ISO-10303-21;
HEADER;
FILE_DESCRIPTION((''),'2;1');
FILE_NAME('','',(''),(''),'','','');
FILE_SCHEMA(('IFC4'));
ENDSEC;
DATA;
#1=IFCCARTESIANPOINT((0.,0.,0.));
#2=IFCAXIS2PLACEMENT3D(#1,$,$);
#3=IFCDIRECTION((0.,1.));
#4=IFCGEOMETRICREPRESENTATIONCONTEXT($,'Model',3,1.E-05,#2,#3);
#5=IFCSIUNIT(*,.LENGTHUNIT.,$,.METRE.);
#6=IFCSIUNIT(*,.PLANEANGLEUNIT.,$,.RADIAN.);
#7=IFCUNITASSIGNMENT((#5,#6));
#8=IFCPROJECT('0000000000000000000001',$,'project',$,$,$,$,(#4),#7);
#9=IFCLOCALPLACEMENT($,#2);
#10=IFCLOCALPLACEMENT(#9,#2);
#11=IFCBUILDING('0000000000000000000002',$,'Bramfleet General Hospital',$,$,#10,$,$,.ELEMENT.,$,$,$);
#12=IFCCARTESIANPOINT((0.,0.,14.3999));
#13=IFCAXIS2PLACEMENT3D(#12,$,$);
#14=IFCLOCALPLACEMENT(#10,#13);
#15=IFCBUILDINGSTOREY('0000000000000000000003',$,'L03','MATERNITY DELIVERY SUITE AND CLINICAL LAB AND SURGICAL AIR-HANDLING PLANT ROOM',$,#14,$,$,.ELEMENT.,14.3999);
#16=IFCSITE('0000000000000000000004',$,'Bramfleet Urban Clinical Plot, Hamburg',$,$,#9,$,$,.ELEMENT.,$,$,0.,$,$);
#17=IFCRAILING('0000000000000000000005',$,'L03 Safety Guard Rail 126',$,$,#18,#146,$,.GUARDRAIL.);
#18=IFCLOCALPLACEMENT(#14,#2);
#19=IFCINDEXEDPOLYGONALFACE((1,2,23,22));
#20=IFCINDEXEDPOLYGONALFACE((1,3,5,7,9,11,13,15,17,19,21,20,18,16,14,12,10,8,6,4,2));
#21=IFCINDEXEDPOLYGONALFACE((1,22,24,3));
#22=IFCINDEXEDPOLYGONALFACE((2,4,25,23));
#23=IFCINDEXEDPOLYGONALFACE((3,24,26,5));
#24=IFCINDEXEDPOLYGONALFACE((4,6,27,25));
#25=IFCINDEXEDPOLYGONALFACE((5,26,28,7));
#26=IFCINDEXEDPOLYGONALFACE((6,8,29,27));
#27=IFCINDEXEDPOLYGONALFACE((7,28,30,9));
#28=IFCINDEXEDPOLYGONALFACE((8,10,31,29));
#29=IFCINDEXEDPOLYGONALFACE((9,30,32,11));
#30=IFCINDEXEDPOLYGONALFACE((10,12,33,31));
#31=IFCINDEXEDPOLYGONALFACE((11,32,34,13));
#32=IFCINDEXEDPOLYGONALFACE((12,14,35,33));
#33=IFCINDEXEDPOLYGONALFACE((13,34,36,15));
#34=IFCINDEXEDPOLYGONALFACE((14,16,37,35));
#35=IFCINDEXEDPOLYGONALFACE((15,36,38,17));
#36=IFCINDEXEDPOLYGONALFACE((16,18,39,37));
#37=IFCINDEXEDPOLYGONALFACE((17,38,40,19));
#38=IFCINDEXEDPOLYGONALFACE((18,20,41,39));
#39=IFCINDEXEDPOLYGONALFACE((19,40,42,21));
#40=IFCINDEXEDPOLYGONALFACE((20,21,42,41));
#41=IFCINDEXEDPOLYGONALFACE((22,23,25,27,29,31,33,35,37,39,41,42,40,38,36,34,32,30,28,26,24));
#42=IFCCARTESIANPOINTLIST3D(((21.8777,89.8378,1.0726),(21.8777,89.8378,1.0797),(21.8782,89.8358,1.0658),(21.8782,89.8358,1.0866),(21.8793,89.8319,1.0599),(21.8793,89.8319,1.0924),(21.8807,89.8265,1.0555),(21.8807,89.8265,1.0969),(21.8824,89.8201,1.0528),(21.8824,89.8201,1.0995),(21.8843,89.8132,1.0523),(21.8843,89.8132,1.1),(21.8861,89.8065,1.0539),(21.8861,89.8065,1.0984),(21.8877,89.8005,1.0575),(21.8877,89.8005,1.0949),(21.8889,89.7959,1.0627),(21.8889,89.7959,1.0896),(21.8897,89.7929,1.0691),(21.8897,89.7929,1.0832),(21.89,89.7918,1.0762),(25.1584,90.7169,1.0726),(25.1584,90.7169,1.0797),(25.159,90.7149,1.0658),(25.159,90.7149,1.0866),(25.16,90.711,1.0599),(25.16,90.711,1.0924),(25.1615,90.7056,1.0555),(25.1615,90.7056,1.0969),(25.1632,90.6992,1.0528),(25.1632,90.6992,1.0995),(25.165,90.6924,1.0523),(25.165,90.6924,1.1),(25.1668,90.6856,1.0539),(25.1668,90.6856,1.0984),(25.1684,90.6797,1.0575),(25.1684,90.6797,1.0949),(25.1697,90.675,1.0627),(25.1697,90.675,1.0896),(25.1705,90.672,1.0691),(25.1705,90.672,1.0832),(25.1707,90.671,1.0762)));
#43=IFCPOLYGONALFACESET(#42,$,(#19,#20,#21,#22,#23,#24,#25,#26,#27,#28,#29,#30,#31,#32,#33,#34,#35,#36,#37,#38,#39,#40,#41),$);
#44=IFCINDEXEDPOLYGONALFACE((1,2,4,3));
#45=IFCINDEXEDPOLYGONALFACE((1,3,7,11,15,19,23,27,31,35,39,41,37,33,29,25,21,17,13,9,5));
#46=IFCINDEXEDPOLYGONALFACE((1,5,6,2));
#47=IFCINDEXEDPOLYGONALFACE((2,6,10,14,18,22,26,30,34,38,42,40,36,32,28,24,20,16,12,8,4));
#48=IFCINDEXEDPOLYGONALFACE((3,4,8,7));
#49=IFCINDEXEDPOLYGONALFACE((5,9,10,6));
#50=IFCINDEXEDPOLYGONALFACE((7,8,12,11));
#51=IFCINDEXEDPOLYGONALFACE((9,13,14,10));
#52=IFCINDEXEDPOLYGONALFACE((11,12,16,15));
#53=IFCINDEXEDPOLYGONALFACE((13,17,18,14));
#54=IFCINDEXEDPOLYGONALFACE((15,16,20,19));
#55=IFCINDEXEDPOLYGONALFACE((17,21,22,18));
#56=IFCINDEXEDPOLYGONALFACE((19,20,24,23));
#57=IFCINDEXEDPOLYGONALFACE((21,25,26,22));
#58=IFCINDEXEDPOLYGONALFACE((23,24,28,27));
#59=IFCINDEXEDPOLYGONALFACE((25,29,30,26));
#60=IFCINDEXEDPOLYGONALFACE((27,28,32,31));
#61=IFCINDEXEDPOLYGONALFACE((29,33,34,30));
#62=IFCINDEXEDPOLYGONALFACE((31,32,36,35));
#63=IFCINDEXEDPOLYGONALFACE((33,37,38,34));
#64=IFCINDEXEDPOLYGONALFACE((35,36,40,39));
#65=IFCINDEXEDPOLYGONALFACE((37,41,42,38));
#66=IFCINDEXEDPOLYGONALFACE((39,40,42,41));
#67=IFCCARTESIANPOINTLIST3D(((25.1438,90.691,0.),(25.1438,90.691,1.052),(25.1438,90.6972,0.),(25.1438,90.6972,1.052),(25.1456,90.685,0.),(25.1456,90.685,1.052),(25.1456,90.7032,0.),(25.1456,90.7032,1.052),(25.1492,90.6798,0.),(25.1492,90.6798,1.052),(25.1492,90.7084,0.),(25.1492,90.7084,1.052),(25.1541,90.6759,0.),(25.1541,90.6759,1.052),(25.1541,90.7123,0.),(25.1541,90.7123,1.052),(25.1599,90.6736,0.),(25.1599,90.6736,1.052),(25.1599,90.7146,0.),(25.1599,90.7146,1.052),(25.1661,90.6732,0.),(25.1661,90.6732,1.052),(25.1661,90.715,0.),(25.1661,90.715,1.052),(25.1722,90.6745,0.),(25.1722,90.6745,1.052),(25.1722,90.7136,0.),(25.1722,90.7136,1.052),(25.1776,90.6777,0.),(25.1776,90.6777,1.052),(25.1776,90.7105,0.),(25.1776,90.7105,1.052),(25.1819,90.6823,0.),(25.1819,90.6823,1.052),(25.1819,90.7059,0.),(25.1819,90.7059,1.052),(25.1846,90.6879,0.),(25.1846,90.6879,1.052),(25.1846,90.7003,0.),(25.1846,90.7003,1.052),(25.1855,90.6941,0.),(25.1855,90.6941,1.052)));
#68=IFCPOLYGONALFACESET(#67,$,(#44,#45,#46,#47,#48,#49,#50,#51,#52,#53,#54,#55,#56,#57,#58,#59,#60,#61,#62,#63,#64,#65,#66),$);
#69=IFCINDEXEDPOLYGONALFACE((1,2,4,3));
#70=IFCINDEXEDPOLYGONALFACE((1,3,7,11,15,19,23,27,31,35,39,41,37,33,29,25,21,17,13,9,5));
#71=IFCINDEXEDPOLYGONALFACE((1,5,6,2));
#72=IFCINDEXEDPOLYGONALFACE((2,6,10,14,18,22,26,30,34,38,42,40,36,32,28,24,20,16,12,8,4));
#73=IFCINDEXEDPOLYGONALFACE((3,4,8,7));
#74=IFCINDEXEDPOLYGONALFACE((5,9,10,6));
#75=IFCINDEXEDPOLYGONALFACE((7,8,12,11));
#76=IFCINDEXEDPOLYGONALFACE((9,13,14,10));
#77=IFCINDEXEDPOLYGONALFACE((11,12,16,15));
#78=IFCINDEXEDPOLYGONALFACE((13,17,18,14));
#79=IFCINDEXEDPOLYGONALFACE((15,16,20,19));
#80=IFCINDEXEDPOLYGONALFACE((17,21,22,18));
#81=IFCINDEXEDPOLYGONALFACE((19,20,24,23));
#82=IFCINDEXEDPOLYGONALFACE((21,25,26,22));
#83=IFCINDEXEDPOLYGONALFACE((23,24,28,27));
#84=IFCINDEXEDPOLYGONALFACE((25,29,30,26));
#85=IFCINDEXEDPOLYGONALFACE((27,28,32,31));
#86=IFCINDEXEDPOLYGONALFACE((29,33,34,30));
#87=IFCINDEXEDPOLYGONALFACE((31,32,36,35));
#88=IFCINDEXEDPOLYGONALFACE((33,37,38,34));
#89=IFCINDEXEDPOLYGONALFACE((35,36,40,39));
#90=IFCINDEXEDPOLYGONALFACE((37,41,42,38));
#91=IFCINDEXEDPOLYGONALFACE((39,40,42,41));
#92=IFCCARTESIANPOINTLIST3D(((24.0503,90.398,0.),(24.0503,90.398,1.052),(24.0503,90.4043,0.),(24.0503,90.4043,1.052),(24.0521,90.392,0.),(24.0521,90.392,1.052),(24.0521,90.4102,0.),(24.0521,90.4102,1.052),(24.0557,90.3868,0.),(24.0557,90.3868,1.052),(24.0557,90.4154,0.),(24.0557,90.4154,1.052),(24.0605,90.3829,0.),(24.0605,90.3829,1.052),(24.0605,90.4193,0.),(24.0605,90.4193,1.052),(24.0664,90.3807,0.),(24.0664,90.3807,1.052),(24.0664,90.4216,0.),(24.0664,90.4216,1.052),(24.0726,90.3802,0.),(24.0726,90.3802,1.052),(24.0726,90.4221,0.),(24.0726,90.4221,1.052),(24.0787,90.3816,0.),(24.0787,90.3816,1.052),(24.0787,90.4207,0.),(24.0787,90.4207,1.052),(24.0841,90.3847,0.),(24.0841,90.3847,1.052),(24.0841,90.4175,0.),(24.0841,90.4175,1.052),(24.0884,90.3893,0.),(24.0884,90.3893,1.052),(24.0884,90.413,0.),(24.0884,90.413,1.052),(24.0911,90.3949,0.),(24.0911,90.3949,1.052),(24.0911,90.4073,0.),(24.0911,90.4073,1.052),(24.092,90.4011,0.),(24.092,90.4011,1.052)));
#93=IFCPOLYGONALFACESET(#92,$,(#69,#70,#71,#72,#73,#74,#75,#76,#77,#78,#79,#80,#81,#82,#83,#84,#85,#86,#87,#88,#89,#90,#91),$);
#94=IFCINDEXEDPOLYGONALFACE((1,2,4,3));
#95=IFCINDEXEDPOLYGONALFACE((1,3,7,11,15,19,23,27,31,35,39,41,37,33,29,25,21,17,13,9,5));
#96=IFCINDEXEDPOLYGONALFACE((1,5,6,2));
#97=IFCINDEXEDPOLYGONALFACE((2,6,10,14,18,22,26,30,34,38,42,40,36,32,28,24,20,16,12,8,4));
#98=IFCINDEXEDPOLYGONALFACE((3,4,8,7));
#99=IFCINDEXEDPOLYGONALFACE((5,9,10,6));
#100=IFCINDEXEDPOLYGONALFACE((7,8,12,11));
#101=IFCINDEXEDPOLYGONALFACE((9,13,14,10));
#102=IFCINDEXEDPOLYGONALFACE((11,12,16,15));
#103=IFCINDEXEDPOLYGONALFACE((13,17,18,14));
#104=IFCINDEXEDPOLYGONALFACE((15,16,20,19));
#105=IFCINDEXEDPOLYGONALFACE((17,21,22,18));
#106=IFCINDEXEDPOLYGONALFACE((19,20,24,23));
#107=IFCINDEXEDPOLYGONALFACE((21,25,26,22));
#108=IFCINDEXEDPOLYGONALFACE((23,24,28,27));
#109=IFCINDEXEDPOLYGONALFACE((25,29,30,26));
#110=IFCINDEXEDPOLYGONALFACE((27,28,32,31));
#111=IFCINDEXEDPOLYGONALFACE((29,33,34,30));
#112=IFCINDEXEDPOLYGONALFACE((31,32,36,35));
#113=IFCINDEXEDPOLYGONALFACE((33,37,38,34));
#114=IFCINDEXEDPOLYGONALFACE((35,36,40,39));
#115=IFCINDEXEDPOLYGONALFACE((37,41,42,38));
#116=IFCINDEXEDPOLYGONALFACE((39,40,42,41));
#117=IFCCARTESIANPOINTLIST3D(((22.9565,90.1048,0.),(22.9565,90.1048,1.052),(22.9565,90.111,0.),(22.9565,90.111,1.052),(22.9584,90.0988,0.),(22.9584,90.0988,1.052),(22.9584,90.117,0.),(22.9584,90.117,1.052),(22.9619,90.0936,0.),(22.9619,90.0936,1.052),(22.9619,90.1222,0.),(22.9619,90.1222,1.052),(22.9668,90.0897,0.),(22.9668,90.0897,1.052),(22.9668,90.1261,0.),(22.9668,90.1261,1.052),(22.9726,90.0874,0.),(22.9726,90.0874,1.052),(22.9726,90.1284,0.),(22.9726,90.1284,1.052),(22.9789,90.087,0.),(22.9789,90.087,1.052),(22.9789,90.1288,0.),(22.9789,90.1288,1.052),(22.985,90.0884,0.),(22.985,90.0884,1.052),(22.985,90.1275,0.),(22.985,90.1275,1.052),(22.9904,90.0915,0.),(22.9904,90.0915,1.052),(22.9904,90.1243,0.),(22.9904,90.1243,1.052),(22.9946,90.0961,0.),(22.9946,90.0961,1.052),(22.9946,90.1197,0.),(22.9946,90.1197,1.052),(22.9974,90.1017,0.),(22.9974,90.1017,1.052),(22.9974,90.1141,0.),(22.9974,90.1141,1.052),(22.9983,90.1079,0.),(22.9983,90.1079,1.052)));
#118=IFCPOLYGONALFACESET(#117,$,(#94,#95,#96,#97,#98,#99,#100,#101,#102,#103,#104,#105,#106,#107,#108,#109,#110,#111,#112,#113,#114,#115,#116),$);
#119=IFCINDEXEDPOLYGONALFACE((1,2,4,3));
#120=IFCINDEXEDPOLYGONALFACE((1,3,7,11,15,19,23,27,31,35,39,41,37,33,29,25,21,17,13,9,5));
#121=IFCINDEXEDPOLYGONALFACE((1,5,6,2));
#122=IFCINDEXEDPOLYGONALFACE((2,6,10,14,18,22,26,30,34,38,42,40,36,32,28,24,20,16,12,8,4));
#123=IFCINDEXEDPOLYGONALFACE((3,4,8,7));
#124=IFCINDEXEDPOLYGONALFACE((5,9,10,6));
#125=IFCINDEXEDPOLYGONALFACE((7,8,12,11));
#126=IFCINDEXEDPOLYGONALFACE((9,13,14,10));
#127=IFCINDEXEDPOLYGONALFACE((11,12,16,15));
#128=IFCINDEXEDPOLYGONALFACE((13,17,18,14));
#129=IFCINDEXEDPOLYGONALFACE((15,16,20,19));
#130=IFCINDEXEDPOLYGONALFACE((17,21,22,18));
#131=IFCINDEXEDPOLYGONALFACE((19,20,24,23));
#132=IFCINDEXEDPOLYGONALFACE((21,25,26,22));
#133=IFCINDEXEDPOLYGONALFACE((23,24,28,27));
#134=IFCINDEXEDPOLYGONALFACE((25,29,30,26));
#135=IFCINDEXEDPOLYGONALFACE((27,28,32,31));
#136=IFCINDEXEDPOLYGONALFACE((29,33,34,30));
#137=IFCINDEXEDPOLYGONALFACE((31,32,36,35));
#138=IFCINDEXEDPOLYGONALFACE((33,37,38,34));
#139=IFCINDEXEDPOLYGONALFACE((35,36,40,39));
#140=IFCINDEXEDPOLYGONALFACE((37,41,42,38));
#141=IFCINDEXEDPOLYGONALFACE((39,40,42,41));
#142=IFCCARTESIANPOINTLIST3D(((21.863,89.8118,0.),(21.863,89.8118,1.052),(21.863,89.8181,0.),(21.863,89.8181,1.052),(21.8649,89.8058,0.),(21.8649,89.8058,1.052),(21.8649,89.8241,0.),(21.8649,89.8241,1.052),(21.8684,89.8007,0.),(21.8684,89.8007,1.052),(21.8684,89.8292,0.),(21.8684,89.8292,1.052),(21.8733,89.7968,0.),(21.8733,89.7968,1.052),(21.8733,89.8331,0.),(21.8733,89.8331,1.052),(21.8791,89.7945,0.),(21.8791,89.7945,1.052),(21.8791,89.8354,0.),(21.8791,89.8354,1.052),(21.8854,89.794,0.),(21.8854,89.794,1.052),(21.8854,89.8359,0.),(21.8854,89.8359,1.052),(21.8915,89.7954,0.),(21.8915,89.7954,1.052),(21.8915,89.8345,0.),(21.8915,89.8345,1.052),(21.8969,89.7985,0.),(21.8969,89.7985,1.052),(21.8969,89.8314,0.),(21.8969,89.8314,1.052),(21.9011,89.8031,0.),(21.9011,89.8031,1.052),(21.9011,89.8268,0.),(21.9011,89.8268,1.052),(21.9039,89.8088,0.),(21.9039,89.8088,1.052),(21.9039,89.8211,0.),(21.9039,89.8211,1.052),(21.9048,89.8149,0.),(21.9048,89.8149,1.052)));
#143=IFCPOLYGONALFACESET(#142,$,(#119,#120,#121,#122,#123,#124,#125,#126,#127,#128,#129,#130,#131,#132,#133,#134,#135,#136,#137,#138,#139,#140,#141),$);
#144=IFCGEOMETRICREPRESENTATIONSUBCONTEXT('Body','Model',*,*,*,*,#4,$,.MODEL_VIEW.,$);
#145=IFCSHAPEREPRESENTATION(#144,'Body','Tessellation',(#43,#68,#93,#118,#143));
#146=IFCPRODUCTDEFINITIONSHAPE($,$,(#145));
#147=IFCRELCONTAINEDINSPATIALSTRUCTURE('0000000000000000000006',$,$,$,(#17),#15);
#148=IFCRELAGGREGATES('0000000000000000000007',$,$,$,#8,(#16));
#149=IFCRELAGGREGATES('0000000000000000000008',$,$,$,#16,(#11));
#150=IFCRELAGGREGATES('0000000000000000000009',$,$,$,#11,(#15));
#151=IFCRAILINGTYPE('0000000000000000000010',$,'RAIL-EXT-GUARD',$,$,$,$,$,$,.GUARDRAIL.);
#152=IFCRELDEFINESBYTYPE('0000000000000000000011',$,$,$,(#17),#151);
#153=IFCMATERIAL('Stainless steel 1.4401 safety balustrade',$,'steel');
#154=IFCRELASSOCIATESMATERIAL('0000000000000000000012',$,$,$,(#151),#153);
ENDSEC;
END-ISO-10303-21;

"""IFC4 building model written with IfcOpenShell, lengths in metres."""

from ifc_helpers import new_model, si_unit, direction, frame, origin, origin_2d, place, context, subcontext, project, spatial, circle, extrude, material, type_object, element, save


model = new_model("IFC4")

# Units and contexts
model_context = context("Model", 3, precision=1e-05, world=origin(), true_north=direction((0.0, 1.0)))
body_context = subcontext(model_context, "Body", "Model", "MODEL_VIEW")
ifc_project = project(units=[si_unit("LENGTHUNIT", "METRE"), si_unit("PLANEANGLEUNIT", "RADIAN")], contexts=[model_context])

# Site, building, storey
site_placement = place(None, origin())
site = spatial("IfcSite", under=ifc_project, at=site_placement, Name="Bramfleet Urban Clinical Plot, Hamburg", CompositionType="ELEMENT", RefElevation=0.0)
building_placement = place(site_placement, origin())
building = spatial("IfcBuilding", under=site, at=building_placement, Name="Bramfleet General Hospital", CompositionType="ELEMENT")
storey_placement = place(building_placement, frame((0.0, 0.0, 14.3999)))
storey = spatial("IfcBuildingStorey", under=building, at=storey_placement, Name="L03", Description="MATERNITY DELIVERY SUITE AND CLINICAL LAB AND SURGICAL AIR-HANDLING PLANT ROOM", CompositionType="ELEMENT", Elevation=14.3999)

# Railing
ifc_material_1 = material(Name="Stainless steel 1.4401 safety balustrade", Category="steel")
railing_type = type_object("IfcRailingType", Name="RAIL-EXT-GUARD", PredefinedType="GUARDRAIL", material=ifc_material_1)
railing_placement = place(storey_placement, frame((25.1646, 90.6941, 0.0)))
element("IfcRailing", 1, at=railing_placement, inside=storey, type_object=railing_type, Name="L03 Safety Guard Rail 126", PredefinedType="GUARDRAIL", context=body_context, shape_type="SweptSolid", body=[
    extrude(circle(Radius=0.0239, at=origin_2d()), frame((0.0, 0.0, 1.0762), z_axis=(-0.96592, -0.258839, 0.0), x_axis=(0.258839, -0.96592, 0.0)), (0.0, 0.0, 1.0), 3.3965),
    extrude(circle(Radius=0.021, at=origin_2d()), origin(), (0.0, 0.0, 1.0), 1.052),
    extrude(circle(Radius=0.021, at=origin_2d()), frame((-1.0935, -0.293, 0.0)), (0.0, 0.0, 1.0), 1.052),
    extrude(circle(Radius=0.021, at=origin_2d()), frame((-2.1873, -0.5862, 0.0)), (0.0, 0.0, 1.0), 1.052),
    extrude(circle(Radius=0.021, at=origin_2d()), frame((-3.2808, -0.8792, 0.0)), (0.0, 0.0, 1.0), 1.052),
])

save(model, "model.ifc")
